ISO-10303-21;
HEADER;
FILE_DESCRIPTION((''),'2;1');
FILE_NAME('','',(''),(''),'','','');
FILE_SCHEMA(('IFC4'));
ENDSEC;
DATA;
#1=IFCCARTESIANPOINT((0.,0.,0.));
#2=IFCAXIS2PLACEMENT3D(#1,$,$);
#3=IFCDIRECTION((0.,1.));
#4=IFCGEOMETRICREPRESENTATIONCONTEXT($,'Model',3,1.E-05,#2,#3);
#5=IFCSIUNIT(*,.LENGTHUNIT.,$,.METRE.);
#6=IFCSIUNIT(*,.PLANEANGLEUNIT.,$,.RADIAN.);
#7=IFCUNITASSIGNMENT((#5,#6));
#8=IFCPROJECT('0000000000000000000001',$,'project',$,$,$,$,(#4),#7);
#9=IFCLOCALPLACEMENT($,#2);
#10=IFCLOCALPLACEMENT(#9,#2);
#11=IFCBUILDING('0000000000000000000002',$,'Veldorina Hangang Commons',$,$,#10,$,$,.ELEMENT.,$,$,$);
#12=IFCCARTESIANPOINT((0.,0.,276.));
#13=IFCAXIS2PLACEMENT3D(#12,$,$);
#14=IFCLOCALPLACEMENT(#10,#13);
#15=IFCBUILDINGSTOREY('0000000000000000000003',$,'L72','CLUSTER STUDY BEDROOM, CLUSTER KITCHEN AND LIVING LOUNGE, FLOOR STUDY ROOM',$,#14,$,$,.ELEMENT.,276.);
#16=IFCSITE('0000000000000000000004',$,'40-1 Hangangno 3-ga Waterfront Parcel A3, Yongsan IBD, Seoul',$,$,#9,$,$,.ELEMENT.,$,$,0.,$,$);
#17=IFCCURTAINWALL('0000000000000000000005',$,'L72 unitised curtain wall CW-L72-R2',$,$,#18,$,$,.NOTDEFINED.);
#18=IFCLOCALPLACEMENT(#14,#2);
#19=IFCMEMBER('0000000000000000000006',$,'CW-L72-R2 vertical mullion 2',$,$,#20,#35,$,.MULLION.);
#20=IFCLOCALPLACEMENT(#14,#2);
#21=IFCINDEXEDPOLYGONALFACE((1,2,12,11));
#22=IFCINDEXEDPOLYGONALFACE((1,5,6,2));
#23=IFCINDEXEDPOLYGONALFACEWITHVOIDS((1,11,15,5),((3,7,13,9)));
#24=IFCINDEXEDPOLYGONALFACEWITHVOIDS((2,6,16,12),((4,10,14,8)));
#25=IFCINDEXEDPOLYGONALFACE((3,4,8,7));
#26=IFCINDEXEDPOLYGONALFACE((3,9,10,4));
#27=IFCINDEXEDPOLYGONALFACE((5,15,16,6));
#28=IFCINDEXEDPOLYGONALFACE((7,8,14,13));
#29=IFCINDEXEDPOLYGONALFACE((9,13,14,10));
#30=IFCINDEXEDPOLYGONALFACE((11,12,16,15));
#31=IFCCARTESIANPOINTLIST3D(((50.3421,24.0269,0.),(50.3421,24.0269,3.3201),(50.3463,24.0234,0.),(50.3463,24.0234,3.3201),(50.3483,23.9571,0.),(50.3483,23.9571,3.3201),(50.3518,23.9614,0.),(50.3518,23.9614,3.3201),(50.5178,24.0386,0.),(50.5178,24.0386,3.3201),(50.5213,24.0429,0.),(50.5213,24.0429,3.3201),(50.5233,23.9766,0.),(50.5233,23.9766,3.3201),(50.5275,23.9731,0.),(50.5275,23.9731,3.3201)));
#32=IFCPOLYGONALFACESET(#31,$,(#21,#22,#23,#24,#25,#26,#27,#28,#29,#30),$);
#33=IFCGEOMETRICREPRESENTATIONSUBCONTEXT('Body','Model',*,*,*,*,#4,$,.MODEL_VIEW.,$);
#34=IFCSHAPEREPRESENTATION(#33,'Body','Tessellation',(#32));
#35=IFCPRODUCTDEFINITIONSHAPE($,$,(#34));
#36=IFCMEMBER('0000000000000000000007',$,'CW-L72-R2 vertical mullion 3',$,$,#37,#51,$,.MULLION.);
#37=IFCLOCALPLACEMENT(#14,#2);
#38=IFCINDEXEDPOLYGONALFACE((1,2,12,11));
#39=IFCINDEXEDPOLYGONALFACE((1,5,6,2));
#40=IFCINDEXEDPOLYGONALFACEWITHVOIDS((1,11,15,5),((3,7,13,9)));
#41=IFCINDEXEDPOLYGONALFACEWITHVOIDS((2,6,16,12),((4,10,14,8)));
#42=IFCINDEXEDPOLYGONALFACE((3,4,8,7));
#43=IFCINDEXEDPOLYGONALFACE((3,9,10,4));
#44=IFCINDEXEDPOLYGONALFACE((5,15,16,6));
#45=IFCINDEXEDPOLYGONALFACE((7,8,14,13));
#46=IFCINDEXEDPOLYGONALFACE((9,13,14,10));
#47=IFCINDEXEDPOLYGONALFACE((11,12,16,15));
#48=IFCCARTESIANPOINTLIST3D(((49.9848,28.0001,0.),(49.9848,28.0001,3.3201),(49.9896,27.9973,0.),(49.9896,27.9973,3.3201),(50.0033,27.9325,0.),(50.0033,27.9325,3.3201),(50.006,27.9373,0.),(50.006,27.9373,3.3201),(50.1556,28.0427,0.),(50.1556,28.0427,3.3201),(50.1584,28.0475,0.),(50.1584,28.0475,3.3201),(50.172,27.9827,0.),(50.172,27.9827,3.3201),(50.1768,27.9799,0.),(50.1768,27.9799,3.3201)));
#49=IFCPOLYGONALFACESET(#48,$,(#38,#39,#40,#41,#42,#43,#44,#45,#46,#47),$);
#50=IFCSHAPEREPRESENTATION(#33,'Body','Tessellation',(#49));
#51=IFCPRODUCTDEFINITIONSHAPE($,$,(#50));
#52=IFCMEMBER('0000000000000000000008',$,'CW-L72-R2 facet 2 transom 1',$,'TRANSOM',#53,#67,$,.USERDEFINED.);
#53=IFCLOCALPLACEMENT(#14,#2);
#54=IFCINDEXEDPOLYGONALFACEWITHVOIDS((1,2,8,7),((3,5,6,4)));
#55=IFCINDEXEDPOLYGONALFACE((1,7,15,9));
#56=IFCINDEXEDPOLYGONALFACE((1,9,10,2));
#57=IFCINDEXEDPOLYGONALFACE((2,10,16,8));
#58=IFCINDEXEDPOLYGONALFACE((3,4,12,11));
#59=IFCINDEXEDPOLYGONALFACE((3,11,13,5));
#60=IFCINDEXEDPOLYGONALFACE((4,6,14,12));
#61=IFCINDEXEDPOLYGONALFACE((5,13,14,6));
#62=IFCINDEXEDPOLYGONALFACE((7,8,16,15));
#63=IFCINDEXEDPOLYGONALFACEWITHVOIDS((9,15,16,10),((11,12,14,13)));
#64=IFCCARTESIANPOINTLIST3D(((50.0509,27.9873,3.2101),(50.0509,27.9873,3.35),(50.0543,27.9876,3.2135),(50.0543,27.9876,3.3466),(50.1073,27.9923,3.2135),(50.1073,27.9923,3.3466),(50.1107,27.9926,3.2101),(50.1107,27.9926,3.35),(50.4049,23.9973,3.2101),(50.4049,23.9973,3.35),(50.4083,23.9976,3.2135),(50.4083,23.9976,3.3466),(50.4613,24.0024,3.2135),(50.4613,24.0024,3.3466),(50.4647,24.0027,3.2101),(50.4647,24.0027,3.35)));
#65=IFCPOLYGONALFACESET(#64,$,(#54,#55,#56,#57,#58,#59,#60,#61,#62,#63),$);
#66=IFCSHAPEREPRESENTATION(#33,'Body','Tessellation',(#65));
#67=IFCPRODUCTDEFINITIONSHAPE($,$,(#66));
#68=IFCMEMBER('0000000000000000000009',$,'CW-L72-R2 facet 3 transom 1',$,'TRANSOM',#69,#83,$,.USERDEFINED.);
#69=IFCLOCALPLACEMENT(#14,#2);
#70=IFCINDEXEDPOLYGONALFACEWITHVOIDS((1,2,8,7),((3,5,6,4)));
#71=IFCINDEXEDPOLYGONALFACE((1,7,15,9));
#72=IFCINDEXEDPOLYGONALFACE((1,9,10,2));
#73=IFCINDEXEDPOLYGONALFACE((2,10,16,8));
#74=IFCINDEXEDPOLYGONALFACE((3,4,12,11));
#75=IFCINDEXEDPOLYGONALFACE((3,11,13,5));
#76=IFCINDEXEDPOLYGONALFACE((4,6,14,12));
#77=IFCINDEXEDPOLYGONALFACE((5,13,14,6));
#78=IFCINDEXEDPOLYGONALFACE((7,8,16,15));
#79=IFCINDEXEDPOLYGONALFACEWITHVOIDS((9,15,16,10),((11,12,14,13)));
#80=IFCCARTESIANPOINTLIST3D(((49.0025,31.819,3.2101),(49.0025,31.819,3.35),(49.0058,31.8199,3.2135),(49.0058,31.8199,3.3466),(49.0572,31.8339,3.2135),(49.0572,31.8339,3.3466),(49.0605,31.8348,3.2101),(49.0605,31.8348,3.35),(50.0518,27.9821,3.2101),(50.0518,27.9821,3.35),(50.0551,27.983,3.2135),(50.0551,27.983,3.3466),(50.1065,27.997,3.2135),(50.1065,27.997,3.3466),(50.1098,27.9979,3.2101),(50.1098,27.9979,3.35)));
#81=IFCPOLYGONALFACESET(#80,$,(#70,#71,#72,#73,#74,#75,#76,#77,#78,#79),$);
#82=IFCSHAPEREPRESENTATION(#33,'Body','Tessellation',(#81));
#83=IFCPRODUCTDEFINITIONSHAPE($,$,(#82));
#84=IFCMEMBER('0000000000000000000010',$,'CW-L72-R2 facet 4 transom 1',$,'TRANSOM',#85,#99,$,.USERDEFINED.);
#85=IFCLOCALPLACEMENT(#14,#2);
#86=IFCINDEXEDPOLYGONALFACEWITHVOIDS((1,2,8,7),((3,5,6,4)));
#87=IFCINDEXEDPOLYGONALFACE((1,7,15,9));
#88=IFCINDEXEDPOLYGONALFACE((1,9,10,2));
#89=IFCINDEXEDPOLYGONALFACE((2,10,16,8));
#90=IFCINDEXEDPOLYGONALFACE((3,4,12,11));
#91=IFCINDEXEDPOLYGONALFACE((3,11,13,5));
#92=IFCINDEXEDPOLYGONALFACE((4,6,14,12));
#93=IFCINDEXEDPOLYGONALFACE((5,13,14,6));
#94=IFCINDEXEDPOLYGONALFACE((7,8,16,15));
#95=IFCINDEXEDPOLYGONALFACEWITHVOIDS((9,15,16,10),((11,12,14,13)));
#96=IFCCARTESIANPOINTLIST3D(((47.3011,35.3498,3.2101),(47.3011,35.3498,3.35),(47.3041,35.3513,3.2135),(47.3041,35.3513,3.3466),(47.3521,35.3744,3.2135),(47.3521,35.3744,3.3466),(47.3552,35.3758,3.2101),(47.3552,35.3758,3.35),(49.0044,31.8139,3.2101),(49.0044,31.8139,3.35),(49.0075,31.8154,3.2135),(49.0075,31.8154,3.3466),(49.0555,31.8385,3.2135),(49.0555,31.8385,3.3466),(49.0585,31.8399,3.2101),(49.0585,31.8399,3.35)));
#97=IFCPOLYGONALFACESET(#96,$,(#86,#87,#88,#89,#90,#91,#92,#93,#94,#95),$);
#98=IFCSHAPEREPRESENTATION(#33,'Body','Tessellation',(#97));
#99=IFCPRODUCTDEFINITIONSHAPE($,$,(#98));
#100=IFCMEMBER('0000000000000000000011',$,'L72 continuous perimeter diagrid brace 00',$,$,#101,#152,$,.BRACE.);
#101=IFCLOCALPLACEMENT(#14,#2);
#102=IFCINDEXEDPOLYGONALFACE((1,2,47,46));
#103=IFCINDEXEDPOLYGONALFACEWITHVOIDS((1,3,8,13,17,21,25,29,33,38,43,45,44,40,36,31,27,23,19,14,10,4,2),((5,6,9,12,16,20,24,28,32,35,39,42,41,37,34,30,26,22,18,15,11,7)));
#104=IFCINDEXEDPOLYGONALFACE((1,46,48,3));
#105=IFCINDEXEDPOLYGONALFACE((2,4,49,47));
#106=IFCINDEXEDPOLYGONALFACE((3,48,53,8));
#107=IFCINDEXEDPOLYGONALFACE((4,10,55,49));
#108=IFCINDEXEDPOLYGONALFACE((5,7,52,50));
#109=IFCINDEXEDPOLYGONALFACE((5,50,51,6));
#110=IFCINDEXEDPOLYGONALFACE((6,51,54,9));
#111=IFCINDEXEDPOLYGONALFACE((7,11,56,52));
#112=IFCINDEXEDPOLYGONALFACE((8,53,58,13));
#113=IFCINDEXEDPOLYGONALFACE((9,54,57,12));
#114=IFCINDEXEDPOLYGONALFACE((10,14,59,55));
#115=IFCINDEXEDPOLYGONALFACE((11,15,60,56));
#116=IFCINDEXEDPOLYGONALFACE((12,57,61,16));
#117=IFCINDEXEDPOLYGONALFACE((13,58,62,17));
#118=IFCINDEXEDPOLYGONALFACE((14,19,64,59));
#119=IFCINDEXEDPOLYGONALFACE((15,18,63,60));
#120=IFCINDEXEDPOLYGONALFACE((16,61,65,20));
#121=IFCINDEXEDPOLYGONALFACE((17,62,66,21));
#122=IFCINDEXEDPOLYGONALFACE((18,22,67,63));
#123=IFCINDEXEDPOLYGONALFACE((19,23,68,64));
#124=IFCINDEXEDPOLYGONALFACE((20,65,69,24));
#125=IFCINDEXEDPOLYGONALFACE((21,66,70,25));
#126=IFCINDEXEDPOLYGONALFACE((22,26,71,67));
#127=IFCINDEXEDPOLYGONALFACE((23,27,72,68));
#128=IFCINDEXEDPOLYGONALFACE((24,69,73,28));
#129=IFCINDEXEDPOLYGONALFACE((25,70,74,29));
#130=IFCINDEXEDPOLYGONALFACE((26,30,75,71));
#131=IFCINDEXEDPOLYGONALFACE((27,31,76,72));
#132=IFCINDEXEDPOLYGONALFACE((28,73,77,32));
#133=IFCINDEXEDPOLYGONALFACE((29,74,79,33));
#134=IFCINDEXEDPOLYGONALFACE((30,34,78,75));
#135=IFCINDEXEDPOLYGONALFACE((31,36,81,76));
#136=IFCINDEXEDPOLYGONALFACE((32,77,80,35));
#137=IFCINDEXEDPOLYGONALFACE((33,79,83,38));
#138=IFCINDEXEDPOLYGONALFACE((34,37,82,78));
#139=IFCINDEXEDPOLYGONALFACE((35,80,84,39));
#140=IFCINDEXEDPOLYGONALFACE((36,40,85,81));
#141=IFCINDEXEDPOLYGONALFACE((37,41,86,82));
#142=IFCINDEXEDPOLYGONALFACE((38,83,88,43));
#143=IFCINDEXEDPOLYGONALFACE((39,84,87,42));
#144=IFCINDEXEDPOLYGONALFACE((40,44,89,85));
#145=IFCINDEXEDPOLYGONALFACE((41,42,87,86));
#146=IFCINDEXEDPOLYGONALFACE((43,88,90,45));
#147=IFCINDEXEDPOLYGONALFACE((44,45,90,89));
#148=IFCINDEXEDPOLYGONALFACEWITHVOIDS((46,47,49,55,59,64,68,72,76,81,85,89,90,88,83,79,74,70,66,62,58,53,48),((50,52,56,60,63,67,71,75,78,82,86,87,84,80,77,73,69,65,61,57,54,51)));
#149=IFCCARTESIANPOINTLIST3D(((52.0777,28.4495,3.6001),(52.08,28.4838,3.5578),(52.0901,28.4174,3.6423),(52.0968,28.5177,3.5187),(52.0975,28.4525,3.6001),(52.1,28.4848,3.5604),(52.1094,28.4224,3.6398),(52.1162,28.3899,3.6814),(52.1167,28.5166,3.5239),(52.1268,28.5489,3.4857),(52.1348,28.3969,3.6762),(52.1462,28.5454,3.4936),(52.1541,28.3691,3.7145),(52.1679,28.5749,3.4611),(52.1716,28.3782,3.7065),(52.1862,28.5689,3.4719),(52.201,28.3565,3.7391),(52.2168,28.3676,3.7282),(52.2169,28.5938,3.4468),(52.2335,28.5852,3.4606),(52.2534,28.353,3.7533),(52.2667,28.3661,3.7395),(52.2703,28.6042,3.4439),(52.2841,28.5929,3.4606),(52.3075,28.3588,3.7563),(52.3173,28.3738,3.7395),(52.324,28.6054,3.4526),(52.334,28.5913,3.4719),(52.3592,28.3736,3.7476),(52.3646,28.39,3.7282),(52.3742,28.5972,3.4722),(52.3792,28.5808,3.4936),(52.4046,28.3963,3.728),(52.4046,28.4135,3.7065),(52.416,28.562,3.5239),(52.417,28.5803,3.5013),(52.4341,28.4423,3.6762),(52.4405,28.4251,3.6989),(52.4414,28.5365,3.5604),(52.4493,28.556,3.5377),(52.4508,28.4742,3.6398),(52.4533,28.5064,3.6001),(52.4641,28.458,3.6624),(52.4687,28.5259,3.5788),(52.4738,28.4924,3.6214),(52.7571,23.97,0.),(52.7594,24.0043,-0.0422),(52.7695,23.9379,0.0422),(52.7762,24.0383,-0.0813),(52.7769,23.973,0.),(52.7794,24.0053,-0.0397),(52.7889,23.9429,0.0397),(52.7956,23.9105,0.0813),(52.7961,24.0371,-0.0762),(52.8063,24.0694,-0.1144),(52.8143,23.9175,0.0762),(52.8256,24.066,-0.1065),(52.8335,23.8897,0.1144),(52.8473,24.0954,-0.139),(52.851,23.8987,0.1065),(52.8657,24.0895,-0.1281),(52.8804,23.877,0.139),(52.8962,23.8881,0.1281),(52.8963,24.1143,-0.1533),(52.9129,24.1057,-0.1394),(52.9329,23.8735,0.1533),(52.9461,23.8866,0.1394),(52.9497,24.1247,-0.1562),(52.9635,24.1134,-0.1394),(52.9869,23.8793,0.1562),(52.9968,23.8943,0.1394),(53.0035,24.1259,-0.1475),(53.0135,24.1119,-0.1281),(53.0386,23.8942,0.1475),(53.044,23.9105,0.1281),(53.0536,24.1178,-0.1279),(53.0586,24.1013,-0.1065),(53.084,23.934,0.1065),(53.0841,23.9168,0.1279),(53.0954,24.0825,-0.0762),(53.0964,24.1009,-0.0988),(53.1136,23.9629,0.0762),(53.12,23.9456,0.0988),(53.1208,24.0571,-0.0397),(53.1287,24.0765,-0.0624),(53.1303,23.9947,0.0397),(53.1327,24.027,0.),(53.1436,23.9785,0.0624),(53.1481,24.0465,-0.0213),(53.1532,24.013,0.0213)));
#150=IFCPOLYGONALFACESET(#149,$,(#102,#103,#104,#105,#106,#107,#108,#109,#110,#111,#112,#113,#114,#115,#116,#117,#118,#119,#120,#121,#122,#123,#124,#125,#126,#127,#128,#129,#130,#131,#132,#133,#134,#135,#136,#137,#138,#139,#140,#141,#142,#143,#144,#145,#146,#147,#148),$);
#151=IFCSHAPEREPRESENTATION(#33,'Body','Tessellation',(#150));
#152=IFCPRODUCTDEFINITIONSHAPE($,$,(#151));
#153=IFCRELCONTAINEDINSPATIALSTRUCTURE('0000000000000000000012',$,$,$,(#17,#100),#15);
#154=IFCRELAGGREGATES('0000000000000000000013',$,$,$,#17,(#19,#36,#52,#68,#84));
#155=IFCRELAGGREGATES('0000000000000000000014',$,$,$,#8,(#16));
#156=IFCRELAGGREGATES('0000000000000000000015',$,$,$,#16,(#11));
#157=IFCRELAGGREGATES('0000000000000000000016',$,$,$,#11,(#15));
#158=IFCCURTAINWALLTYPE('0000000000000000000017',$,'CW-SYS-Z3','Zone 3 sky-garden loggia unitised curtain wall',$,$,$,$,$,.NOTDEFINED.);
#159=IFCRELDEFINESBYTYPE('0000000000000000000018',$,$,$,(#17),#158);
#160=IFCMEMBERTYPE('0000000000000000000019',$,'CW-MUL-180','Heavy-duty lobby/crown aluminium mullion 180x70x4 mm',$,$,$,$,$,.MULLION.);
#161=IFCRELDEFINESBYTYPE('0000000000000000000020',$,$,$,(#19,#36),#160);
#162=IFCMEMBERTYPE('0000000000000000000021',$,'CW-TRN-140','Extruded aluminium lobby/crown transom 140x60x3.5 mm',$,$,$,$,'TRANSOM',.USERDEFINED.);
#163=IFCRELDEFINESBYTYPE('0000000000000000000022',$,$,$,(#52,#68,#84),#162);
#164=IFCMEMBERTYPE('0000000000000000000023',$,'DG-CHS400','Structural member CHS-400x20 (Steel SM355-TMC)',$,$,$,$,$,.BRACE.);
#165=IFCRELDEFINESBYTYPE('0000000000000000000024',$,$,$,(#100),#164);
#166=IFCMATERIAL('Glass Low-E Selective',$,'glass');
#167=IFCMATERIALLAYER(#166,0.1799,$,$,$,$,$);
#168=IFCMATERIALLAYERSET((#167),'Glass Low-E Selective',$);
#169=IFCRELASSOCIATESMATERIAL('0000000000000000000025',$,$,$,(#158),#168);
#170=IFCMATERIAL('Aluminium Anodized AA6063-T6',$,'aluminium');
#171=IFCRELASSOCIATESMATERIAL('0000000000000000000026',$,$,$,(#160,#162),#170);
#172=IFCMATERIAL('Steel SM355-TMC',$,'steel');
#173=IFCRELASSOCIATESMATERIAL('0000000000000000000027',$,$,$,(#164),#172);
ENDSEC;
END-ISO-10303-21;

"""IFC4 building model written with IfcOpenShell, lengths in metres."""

from ifc_helpers import new_model, si_unit, direction, frame, origin, origin_2d, place, context, subcontext, project, spatial, hollow_rectangle, hollow_circle, extrude, material, layer, layer_set, material_profile, profile_set, type_object, element, aggregate, save


model = new_model("IFC4")

# Units and contexts
model_context = context("Model", 3, precision=1e-05, world=origin(), true_north=direction((0.0, 1.0)))
body_context = subcontext(model_context, "Body", "Model", "MODEL_VIEW")
ifc_project = project(units=[si_unit("LENGTHUNIT", "METRE"), si_unit("PLANEANGLEUNIT", "RADIAN")], contexts=[model_context])

# Site, building, storey
site_placement = place(None, origin())
site = spatial("IfcSite", under=ifc_project, at=site_placement, Name="40-1 Hangangno 3-ga Waterfront Parcel A3, Yongsan IBD, Seoul", CompositionType="ELEMENT", RefElevation=0.0)
building_placement = place(site_placement, origin())
building = spatial("IfcBuilding", under=site, at=building_placement, Name="Veldorina Hangang Commons", CompositionType="ELEMENT")
storey_placement = place(building_placement, frame((0.0, 0.0, 276.0)))
storey = spatial("IfcBuildingStorey", under=building, at=storey_placement, Name="L72", Description="CLUSTER STUDY BEDROOM, CLUSTER KITCHEN AND LIVING LOUNGE, FLOOR STUDY ROOM", CompositionType="ELEMENT", Elevation=276.0)

# Shared definitions
ifc_material_1 = material(Name="Steel SM355-TMC", Category="steel")

# Curtain wall, members
ifc_material_2 = material(Name="Glass Low-E Selective", Category="glass")
ifc_layer_1 = layer(ifc_material_2, 0.1799)
ifc_layer_set_1 = layer_set([ifc_layer_1], Name="Glass Low-E Selective")
curtain_wall_type = type_object("IfcCurtainWallType", Name="CW-SYS-Z3", Description="Zone 3 sky-garden loggia unitised curtain wall", PredefinedType="NOTDEFINED", material=ifc_layer_set_1)
curtain_wall_placement = place(storey_placement, origin())
curtain_wall = element("IfcCurtainWall", 1, at=curtain_wall_placement, inside=storey, type_object=curtain_wall_type, Name="L72 unitised curtain wall CW-L72-R2", PredefinedType="NOTDEFINED")
ifc_material_3 = material(Name="Aluminium Anodized AA6063-T6", Category="aluminium")
ifc_material_profile_1 = material_profile(ifc_material_3, hollow_rectangle(XDim=0.0701, YDim=0.1799, WallThickness=0.0039, at=origin_2d()), Name="ALU-RHS-180x70x4")
ifc_profile_set_1 = profile_set([ifc_material_profile_1], Name="Aluminium Anodized AA6063-T6")
member_type_1 = type_object("IfcMemberType", Name="CW-MUL-180", Description="Heavy-duty lobby/crown aluminium mullion 180x70x4 mm", PredefinedType="MULLION", material=ifc_profile_set_1)
member_1_placement = place(storey_placement, frame((50.4348, 24.0, 0.0), z_axis=(0.0, 0.0, 1.0), x_axis=(-0.088425, 0.996083, 0.0)))
member_1 = element("IfcMember", 2, at=member_1_placement, type_object=member_type_1, Name="CW-L72-R2 vertical mullion 2", PredefinedType="MULLION", context=body_context, shape_type="SweptSolid", body=[
    extrude(hollow_rectangle(XDim=0.0701, YDim=0.1799, WallThickness=0.0039, at=origin_2d()), origin(), (0.0, 0.0, 1.0), 3.3201),
])
member_2_placement = place(storey_placement, frame((50.0808, 27.99, 0.0), z_axis=(0.0, 0.0, 1.0), x_axis=(-0.263755, 0.96459, 0.0)))
member_2 = element("IfcMember", 3, at=member_2_placement, type_object=member_type_1, Name="CW-L72-R2 vertical mullion 3", PredefinedType="MULLION", context=body_context, shape_type="SweptSolid", body=[
    extrude(hollow_rectangle(XDim=0.0701, YDim=0.1799, WallThickness=0.0039, at=origin_2d()), origin(), (0.0, 0.0, 1.0), 3.3201),
])
ifc_material_profile_2 = material_profile(ifc_material_3, hollow_rectangle(XDim=0.0601, YDim=0.1399, WallThickness=0.0034, at=origin_2d()), Name="ALU-RHS-140x60x3.5")
ifc_profile_set_2 = profile_set([ifc_material_profile_2], Name="Aluminium Anodized AA6063-T6")
member_type_2 = type_object("IfcMemberType", Name="CW-TRN-140", Description="Extruded aluminium lobby/crown transom 140x60x3.5 mm", ElementType="TRANSOM", PredefinedType="USERDEFINED", material=ifc_profile_set_2)
member_3_placement = place(storey_placement, frame((50.4348, 24.0, 3.28), z_axis=(-0.088376, 0.996087, 0.0), x_axis=(-0.996087, -0.088376, 0.0)))
member_3 = element("IfcMember", 4, at=member_3_placement, type_object=member_type_2, Name="CW-L72-R2 facet 2 transom 1", ObjectType="TRANSOM", PredefinedType="USERDEFINED", context=body_context, shape_type="SweptSolid", body=[
    extrude(hollow_rectangle(XDim=0.0601, YDim=0.1399, WallThickness=0.0034, at=origin_2d()), origin(), (0.0, 0.0, 1.0), 4.0056),
])
member_4_placement = place(storey_placement, frame((50.0808, 27.99, 3.28), z_axis=(-0.263792, 0.964579, 0.0), x_axis=(-0.964579, -0.263792, 0.0)))
member_4 = element("IfcMember", 5, at=member_4_placement, type_object=member_type_2, Name="CW-L72-R2 facet 3 transom 1", ObjectType="TRANSOM", PredefinedType="USERDEFINED", context=body_context, shape_type="SweptSolid", body=[
    extrude(hollow_rectangle(XDim=0.0601, YDim=0.1399, WallThickness=0.0034, at=origin_2d()), origin(), (0.0, 0.0, 1.0), 3.9778),
])
member_5_placement = place(storey_placement, frame((49.0315, 31.8269, 3.28), z_axis=(-0.434003, 0.900912, 0.0), x_axis=(-0.900912, -0.434003, 0.0)))
member_5 = element("IfcMember", 6, at=member_5_placement, type_object=member_type_2, Name="CW-L72-R2 facet 4 transom 1", ObjectType="TRANSOM", PredefinedType="USERDEFINED", context=body_context, shape_type="SweptSolid", body=[
    extrude(hollow_rectangle(XDim=0.0601, YDim=0.1399, WallThickness=0.0034, at=origin_2d()), origin(), (0.0, 0.0, 1.0), 3.9248),
])

# Member
ifc_material_profile_3 = material_profile(ifc_material_1, hollow_circle(Radius=0.2, WallThickness=0.02, at=origin_2d()), Name="CHS-400x20")
ifc_profile_set_3 = profile_set([ifc_material_profile_3], Name="Steel SM355-TMC")
member_type_3 = type_object("IfcMemberType", Name="DG-CHS400", Description="Structural member CHS-400x20 (Steel SM355-TMC)", PredefinedType="BRACE", material=ifc_profile_set_3)
member_6_placement = place(storey_placement, frame((52.9548, 24.0, 0.0), z_axis=(-0.117411, 0.774075, 0.622112), x_axis=(-0.988692, -0.149963, 0.0)))
element("IfcMember", 7, at=member_6_placement, inside=storey, type_object=member_type_3, Name="L72 continuous perimeter diagrid brace 00", PredefinedType="BRACE", context=body_context, shape_type="SweptSolid", body=[
    extrude(hollow_circle(Radius=0.2, WallThickness=0.02, at=origin_2d()), origin(), (0.0, 0.0, 1.0), 5.7869),
])

aggregate(curtain_wall, [member_1, member_2, member_3, member_4, member_5])

save(model, "model.ifc")
